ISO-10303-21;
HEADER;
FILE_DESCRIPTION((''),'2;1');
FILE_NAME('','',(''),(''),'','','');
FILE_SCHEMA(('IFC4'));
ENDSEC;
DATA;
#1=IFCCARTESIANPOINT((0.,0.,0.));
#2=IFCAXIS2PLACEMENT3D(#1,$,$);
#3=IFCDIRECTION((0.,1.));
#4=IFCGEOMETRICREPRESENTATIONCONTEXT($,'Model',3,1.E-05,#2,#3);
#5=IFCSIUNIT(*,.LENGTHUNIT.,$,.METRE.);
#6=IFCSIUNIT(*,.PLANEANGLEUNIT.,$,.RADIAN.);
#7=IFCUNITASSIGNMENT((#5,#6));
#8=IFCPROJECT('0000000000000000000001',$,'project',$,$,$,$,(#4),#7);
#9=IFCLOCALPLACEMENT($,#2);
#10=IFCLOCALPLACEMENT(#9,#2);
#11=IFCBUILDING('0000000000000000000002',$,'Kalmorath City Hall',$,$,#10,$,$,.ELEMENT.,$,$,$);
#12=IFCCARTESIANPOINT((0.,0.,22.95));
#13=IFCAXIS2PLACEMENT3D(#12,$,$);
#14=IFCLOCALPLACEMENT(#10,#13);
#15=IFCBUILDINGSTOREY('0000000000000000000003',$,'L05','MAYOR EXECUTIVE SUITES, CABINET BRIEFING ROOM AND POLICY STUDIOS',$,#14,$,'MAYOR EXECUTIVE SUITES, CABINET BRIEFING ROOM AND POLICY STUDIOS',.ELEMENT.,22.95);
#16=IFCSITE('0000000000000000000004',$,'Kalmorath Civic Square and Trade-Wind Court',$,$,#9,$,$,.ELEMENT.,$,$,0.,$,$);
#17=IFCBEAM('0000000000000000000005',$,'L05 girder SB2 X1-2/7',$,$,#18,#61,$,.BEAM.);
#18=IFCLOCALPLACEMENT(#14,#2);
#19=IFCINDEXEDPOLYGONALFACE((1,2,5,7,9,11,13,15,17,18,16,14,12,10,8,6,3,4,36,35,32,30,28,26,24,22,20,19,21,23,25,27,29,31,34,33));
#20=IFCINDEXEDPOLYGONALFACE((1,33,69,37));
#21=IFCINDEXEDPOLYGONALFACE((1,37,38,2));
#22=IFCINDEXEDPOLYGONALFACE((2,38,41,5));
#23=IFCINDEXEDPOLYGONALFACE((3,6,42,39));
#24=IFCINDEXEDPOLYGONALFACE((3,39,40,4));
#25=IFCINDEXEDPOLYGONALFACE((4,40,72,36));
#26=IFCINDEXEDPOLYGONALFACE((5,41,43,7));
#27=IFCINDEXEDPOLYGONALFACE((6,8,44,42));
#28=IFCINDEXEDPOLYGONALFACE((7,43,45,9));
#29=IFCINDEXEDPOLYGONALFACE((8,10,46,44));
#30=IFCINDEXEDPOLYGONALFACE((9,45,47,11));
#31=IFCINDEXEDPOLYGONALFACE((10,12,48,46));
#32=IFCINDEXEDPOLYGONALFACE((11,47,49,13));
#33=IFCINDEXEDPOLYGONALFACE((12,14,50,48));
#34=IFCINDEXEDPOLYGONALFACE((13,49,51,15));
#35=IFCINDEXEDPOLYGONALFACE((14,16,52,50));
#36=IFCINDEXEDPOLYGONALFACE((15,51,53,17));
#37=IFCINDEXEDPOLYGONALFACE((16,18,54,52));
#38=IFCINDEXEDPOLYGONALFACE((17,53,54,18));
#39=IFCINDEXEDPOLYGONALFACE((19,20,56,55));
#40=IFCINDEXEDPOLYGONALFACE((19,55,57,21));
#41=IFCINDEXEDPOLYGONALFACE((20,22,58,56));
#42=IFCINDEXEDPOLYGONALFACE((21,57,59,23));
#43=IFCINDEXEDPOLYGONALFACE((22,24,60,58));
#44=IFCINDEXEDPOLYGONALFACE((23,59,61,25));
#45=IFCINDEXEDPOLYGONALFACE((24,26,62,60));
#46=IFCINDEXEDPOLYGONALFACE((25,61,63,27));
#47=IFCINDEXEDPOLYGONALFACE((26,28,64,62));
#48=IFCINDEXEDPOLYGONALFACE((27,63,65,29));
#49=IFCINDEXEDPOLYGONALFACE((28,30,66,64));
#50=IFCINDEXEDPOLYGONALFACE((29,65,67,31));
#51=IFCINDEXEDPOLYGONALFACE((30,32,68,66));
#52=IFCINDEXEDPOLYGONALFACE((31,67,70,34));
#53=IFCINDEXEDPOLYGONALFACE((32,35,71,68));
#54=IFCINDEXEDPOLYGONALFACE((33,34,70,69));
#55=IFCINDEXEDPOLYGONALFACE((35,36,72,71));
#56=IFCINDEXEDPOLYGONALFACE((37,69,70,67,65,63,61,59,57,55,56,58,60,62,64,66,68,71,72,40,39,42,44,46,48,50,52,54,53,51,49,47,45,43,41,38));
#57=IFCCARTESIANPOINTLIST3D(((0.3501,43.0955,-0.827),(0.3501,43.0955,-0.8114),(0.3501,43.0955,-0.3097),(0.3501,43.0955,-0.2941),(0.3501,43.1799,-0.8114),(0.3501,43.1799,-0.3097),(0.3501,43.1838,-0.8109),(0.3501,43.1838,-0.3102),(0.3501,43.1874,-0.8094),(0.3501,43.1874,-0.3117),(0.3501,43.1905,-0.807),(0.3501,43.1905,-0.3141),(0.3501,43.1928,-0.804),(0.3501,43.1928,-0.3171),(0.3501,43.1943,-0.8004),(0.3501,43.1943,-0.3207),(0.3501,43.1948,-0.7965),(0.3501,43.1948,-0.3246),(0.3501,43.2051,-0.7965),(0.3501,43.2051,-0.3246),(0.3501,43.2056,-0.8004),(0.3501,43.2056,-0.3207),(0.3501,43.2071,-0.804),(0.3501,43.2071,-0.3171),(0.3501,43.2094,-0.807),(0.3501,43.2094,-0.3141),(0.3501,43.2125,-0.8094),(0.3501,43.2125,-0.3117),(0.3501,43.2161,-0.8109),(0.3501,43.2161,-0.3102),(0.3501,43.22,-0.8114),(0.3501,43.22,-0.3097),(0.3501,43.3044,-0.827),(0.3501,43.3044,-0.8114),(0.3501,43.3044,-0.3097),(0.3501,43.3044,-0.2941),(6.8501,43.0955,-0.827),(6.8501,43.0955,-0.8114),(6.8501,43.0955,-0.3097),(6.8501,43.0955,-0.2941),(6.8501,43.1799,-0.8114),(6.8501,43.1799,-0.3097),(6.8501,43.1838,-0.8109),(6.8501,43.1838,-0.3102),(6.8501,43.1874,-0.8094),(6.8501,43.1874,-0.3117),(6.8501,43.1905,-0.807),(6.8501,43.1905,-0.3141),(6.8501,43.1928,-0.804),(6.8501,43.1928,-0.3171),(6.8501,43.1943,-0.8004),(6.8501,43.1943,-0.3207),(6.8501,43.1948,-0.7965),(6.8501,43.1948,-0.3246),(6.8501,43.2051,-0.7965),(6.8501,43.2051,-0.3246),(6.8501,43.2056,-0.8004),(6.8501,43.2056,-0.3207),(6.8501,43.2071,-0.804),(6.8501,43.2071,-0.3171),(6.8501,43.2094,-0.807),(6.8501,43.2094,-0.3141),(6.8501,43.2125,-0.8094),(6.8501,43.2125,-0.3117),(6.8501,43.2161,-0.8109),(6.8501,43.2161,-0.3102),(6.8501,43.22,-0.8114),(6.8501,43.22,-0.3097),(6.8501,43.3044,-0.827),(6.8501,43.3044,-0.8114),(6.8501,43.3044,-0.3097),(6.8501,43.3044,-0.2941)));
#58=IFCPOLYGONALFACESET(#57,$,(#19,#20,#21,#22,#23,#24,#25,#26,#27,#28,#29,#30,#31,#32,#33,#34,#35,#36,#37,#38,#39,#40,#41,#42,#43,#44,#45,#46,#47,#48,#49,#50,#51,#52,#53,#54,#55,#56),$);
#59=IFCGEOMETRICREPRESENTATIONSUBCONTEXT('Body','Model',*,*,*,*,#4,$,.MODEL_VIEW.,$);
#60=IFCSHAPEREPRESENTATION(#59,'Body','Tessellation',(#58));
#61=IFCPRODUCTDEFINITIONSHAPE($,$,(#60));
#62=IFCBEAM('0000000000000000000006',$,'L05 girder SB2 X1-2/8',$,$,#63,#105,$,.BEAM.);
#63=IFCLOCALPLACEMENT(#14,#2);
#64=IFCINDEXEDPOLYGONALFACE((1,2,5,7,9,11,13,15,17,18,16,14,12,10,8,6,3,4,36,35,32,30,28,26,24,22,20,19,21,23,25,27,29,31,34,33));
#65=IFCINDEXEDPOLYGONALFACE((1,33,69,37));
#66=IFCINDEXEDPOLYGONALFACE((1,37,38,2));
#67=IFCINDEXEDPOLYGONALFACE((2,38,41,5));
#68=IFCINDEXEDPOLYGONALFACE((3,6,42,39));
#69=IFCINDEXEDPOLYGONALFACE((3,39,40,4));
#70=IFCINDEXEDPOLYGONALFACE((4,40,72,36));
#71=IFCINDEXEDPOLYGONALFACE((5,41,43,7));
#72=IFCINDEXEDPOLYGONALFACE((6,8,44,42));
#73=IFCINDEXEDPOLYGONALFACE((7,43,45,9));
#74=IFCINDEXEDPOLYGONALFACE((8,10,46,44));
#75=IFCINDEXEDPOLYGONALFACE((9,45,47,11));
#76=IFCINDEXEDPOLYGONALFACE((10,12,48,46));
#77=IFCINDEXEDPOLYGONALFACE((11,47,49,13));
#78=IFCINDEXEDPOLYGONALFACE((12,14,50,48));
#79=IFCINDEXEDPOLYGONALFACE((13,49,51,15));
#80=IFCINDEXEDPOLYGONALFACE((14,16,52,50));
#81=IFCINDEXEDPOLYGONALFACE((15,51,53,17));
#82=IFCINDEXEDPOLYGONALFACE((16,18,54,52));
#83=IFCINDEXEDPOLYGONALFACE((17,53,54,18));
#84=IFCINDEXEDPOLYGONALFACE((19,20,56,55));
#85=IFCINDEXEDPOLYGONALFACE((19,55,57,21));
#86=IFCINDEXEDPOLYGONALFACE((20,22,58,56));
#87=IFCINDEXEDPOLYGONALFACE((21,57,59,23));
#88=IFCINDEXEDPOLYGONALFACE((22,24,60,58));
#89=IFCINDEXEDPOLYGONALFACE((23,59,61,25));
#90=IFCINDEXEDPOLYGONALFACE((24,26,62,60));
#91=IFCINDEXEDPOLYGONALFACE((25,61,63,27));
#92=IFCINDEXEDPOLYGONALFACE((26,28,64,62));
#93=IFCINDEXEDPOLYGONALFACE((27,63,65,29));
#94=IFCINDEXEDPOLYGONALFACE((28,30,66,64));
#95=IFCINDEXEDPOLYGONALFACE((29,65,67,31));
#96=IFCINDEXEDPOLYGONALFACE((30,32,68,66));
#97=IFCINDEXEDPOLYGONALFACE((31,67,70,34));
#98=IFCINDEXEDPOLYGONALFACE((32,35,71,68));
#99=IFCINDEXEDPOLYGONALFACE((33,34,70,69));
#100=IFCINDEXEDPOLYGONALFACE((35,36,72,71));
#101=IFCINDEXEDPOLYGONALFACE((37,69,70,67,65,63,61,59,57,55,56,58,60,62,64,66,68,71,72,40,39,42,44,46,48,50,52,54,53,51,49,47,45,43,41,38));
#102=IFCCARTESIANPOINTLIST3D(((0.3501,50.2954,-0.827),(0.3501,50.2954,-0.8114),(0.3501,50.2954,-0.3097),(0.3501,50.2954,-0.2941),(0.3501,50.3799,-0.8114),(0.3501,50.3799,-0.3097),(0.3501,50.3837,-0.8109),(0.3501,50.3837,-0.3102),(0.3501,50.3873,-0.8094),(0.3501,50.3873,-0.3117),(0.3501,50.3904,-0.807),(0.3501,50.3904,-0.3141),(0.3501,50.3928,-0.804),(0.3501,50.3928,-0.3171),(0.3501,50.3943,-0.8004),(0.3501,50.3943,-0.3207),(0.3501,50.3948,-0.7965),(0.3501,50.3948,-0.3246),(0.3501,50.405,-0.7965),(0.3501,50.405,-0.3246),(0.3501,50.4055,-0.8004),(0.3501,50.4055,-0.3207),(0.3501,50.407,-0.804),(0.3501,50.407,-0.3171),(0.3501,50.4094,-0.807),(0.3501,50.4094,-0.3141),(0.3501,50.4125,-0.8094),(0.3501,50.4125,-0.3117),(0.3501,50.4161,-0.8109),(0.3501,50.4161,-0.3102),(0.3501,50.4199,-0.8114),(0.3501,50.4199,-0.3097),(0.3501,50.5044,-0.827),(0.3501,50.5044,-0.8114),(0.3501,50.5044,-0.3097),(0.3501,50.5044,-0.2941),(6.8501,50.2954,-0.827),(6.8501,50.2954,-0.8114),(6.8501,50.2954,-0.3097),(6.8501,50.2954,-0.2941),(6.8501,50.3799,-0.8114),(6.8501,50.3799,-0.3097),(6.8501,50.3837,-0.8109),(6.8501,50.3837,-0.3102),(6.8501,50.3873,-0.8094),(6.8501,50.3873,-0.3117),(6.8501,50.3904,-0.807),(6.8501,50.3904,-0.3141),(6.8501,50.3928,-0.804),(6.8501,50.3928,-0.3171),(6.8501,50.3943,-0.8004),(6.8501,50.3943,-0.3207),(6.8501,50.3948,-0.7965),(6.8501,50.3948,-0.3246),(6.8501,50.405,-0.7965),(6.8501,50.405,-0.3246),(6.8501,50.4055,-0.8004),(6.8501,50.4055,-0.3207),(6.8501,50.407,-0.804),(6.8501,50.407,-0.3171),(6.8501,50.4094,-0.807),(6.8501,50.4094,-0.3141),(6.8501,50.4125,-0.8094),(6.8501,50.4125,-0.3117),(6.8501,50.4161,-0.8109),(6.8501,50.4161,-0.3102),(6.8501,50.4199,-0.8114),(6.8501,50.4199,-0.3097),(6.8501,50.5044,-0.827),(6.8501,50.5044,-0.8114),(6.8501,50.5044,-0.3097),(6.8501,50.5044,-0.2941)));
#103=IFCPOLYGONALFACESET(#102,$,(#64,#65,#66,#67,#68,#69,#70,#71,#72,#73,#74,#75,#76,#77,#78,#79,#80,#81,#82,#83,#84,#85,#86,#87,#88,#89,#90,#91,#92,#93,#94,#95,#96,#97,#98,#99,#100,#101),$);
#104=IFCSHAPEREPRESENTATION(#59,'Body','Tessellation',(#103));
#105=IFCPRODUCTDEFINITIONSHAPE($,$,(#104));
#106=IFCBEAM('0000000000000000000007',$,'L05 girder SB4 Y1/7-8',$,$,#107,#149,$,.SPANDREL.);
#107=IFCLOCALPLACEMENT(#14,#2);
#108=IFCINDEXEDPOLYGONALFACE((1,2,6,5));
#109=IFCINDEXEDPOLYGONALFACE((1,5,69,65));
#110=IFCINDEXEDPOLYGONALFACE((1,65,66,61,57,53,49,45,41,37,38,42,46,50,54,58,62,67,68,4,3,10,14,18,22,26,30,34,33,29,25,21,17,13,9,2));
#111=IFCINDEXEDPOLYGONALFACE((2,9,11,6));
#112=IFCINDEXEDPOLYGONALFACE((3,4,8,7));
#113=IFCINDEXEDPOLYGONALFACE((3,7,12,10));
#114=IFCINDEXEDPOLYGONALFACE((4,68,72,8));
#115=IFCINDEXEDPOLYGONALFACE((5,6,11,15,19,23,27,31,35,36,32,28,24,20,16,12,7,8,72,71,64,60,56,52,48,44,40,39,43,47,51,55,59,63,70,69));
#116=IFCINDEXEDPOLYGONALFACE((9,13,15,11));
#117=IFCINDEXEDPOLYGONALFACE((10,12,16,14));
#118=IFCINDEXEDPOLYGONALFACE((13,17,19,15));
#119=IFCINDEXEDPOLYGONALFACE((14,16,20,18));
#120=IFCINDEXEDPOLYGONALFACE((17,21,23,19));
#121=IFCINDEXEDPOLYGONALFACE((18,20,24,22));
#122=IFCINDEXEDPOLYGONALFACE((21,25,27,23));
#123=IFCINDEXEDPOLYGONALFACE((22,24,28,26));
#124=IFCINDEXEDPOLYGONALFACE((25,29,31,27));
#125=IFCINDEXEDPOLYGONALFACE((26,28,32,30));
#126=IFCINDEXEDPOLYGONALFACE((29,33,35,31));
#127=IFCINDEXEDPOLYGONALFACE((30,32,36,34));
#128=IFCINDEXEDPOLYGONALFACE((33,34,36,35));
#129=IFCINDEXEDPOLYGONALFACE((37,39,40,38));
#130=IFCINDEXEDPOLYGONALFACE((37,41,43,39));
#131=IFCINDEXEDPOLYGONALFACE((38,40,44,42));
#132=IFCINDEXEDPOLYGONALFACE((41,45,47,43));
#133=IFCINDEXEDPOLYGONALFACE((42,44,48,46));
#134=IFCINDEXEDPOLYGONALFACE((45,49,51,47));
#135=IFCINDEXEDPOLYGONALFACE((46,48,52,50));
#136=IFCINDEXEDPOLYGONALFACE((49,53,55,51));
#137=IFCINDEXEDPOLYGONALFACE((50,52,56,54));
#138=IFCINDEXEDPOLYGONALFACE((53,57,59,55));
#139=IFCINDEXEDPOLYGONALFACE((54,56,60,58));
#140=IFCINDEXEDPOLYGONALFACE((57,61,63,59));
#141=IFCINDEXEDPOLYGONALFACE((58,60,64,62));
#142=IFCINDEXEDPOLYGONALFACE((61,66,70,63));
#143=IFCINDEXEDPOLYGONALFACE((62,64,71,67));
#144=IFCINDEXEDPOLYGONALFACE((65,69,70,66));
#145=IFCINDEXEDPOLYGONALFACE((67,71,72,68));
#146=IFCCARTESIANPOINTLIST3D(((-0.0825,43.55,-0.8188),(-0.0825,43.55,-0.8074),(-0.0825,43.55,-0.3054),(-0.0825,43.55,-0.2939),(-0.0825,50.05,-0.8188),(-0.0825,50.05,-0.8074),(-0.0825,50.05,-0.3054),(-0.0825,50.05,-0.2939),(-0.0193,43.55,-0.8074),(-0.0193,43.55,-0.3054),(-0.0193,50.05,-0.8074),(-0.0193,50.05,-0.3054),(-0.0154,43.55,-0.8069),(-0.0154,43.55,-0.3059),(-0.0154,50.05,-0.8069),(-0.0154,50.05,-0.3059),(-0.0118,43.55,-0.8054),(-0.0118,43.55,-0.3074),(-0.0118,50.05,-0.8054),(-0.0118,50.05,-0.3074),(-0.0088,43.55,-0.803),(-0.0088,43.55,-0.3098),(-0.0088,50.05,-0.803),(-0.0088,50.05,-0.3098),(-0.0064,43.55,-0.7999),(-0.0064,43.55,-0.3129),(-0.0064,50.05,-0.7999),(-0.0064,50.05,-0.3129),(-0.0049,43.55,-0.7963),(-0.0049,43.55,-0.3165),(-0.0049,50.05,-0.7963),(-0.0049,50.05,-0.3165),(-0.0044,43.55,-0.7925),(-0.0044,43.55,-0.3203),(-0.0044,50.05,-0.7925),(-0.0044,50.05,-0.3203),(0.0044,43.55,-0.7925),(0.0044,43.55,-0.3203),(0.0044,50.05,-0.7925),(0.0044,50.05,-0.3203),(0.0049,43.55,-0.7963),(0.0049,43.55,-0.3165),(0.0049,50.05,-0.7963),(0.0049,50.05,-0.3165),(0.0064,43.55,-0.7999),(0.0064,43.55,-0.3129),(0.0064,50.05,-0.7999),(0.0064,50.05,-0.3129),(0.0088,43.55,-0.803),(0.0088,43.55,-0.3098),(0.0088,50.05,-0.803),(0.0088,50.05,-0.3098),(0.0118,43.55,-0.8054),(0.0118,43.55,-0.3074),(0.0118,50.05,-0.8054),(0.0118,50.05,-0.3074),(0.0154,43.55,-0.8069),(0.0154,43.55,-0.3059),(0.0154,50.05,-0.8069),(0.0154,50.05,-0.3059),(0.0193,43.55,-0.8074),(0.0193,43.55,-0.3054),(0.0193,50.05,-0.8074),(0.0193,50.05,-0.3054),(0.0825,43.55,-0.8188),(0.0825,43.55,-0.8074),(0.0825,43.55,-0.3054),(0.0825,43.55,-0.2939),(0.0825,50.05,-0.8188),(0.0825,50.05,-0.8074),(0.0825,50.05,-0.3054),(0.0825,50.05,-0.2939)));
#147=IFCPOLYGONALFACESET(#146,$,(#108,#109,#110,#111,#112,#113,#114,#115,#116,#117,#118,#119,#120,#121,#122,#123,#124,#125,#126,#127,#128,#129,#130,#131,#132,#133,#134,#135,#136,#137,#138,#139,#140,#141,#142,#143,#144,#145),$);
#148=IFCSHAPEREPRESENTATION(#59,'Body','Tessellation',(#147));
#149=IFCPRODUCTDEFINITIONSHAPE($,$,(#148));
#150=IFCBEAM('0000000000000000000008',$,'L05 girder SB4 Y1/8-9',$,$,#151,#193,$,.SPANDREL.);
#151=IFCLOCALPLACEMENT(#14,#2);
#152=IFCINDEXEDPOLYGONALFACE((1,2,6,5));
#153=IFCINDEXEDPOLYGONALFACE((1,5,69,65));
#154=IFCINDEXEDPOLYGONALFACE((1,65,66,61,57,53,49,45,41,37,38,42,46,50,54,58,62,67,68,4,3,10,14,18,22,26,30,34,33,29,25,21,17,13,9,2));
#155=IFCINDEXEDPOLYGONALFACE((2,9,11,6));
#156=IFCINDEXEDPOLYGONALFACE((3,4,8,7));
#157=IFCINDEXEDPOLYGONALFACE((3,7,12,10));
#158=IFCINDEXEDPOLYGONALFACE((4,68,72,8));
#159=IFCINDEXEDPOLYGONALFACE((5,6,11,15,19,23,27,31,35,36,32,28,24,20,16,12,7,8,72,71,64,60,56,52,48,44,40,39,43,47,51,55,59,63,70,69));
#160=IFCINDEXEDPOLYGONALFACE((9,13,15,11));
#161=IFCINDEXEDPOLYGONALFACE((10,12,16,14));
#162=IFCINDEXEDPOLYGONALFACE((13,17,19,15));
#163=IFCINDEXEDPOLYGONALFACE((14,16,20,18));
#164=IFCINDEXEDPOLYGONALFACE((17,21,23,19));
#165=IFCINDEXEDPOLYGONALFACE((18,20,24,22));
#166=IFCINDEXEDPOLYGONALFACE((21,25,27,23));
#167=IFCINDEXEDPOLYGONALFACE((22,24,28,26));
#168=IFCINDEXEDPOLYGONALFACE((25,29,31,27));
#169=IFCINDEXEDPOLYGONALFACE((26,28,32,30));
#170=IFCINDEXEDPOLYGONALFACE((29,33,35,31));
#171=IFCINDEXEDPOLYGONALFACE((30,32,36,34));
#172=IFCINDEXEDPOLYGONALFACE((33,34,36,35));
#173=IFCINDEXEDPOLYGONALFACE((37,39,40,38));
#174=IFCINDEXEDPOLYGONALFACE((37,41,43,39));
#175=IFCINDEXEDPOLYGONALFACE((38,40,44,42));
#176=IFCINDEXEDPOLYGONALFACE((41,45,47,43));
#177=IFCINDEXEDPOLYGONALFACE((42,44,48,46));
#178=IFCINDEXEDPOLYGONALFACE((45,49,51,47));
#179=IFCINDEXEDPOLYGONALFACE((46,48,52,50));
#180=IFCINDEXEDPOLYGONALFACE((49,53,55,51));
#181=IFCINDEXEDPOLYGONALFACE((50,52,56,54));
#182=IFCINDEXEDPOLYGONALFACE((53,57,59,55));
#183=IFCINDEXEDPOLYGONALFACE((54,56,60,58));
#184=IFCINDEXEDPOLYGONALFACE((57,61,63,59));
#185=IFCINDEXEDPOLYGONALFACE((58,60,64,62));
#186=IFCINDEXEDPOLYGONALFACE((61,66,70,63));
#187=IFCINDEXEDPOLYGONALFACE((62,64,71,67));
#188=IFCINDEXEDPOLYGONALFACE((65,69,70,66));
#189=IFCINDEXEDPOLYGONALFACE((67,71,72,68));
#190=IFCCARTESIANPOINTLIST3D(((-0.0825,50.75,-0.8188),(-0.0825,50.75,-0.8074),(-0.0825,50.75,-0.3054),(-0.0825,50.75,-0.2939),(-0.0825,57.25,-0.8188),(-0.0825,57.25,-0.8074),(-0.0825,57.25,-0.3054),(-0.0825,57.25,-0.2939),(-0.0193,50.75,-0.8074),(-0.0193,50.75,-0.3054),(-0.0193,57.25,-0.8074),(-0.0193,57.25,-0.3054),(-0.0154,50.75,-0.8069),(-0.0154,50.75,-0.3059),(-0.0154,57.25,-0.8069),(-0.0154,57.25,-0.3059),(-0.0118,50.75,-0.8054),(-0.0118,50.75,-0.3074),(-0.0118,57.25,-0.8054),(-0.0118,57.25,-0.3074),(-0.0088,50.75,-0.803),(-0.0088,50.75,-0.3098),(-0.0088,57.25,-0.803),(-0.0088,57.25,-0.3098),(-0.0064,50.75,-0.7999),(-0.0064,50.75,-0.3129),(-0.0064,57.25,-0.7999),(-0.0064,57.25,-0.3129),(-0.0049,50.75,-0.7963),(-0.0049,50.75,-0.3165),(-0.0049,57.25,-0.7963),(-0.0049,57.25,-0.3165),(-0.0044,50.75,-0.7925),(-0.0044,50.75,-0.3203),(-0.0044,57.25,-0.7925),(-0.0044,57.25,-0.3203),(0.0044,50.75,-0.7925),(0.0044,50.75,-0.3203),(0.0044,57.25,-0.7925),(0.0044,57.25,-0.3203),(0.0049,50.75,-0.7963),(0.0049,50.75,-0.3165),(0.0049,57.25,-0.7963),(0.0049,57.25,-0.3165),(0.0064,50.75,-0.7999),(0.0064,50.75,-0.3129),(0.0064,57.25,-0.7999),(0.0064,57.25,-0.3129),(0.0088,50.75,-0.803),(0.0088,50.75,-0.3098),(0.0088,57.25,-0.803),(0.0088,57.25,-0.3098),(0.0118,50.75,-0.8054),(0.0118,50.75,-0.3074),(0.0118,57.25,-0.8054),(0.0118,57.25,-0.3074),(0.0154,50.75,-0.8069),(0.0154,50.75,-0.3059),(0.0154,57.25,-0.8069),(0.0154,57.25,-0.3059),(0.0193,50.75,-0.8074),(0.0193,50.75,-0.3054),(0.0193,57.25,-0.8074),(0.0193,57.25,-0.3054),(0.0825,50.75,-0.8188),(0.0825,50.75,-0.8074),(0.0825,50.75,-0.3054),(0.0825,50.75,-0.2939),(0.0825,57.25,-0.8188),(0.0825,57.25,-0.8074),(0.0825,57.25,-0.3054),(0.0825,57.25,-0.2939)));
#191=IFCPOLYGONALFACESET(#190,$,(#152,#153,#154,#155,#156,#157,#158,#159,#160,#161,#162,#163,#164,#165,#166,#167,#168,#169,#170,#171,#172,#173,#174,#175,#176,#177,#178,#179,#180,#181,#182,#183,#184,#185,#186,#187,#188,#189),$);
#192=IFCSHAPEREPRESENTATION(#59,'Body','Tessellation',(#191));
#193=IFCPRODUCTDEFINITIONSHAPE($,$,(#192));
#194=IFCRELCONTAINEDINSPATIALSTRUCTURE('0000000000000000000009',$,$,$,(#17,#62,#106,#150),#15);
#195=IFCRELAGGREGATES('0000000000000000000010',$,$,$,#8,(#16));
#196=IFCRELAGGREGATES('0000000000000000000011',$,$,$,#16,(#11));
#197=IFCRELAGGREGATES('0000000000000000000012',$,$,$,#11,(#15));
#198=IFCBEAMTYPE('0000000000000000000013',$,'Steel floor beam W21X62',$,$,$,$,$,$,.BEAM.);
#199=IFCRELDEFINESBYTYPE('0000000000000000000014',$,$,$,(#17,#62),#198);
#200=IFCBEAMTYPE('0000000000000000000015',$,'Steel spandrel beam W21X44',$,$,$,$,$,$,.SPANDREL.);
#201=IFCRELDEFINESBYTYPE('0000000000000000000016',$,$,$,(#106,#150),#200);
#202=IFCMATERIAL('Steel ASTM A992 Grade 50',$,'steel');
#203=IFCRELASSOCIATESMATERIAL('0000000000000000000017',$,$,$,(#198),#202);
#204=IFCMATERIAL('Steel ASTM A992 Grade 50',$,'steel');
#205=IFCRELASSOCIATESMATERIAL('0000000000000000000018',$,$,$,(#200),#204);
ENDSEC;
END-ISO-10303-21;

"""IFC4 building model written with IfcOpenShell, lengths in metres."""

from ifc_helpers import new_model, si_unit, direction, frame, origin, origin_2d, place, context, subcontext, project, spatial, i_section, extrude, material, material_profile, profile_set, type_object, element, save


model = new_model("IFC4")

# Units and contexts
model_context = context("Model", 3, precision=1e-05, world=origin(), true_north=direction((0.0, 1.0)))
body_context = subcontext(model_context, "Body", "Model", "MODEL_VIEW")
ifc_project = project(units=[si_unit("LENGTHUNIT", "METRE"), si_unit("PLANEANGLEUNIT", "RADIAN")], contexts=[model_context])

# Site, building, storey
site_placement = place(None, origin())
site = spatial("IfcSite", under=ifc_project, at=site_placement, Name="Kalmorath Civic Square and Trade-Wind Court", CompositionType="ELEMENT", RefElevation=0.0)
building_placement = place(site_placement, origin())
building = spatial("IfcBuilding", under=site, at=building_placement, Name="Kalmorath City Hall", CompositionType="ELEMENT")
storey_placement = place(building_placement, frame((0.0, 0.0, 22.95)))
storey = spatial("IfcBuildingStorey", under=building, at=storey_placement, Name="L05", Description="MAYOR EXECUTIVE SUITES, CABINET BRIEFING ROOM AND POLICY STUDIOS", LongName="MAYOR EXECUTIVE SUITES, CABINET BRIEFING ROOM AND POLICY STUDIOS", CompositionType="ELEMENT", Elevation=22.95)

# Beams
ifc_material_1 = material(Name="Steel ASTM A992 Grade 50", Category="steel")
ifc_material_profile_1 = material_profile(ifc_material_1, i_section(OverallWidth=0.209, OverallDepth=0.533, WebThickness=0.0103, FlangeThickness=0.0156, FilletRadius=0.0149, at=origin_2d()), Name="W21X62")
ifc_profile_set_1 = profile_set([ifc_material_profile_1], Name="Steel ASTM A992 Grade 50")
beam_type_1 = type_object("IfcBeamType", Name="Steel floor beam W21X62", PredefinedType="BEAM", material=ifc_profile_set_1)
for number, where, z_axis, x_axis, name in (
    (1, (0.3501, 43.2, -0.5605), (1.0, 0.0, 0.0), (0.0, 1.0, 0.0), "L05 girder SB2 X1-2/7"),
    (2, (0.3501, 50.3999, -0.5605), (1.0, 0.0, 0.0), (0.0, 1.0, 0.0), "L05 girder SB2 X1-2/8"),
):
    element("IfcBeam", number, at=place(storey_placement, frame(where, z_axis=z_axis, x_axis=x_axis)), inside=storey, type_object=beam_type_1, Name=name, PredefinedType="BEAM", context=body_context, shape_type="SweptSolid", body=[
        extrude(i_section(OverallWidth=0.209, OverallDepth=0.533, WebThickness=0.0103, FlangeThickness=0.0156, FilletRadius=0.0149, at=origin_2d()), origin(), (0.0, 0.0, 1.0), 6.5),
    ])
ifc_material_2 = material(Name="Steel ASTM A992 Grade 50", Category="steel")
ifc_material_profile_2 = material_profile(ifc_material_2, i_section(OverallWidth=0.165, OverallDepth=0.5249, WebThickness=0.0088, FlangeThickness=0.0115, FilletRadius=0.0149, at=origin_2d()), Name="W21X44")
ifc_profile_set_2 = profile_set([ifc_material_profile_2], Name="Steel ASTM A992 Grade 50")
beam_type_2 = type_object("IfcBeamType", Name="Steel spandrel beam W21X44", PredefinedType="SPANDREL", material=ifc_profile_set_2)
for number, where, z_axis, x_axis, name in (
    (3, (0.0, 43.55, -0.5564), (0.0, 1.0, 0.0), (-1.0, 0.0, 0.0), "L05 girder SB4 Y1/7-8"),
    (4, (0.0, 50.75, -0.5564), (0.0, 1.0, 0.0), (-1.0, 0.0, 0.0), "L05 girder SB4 Y1/8-9"),
):
    element("IfcBeam", number, at=place(storey_placement, frame(where, z_axis=z_axis, x_axis=x_axis)), inside=storey, type_object=beam_type_2, Name=name, PredefinedType="SPANDREL", context=body_context, shape_type="SweptSolid", body=[
        extrude(i_section(OverallWidth=0.165, OverallDepth=0.5249, WebThickness=0.0088, FlangeThickness=0.0115, FilletRadius=0.0149, at=origin_2d()), origin(), (0.0, 0.0, 1.0), 6.5),
    ])

save(model, "model.ifc")
